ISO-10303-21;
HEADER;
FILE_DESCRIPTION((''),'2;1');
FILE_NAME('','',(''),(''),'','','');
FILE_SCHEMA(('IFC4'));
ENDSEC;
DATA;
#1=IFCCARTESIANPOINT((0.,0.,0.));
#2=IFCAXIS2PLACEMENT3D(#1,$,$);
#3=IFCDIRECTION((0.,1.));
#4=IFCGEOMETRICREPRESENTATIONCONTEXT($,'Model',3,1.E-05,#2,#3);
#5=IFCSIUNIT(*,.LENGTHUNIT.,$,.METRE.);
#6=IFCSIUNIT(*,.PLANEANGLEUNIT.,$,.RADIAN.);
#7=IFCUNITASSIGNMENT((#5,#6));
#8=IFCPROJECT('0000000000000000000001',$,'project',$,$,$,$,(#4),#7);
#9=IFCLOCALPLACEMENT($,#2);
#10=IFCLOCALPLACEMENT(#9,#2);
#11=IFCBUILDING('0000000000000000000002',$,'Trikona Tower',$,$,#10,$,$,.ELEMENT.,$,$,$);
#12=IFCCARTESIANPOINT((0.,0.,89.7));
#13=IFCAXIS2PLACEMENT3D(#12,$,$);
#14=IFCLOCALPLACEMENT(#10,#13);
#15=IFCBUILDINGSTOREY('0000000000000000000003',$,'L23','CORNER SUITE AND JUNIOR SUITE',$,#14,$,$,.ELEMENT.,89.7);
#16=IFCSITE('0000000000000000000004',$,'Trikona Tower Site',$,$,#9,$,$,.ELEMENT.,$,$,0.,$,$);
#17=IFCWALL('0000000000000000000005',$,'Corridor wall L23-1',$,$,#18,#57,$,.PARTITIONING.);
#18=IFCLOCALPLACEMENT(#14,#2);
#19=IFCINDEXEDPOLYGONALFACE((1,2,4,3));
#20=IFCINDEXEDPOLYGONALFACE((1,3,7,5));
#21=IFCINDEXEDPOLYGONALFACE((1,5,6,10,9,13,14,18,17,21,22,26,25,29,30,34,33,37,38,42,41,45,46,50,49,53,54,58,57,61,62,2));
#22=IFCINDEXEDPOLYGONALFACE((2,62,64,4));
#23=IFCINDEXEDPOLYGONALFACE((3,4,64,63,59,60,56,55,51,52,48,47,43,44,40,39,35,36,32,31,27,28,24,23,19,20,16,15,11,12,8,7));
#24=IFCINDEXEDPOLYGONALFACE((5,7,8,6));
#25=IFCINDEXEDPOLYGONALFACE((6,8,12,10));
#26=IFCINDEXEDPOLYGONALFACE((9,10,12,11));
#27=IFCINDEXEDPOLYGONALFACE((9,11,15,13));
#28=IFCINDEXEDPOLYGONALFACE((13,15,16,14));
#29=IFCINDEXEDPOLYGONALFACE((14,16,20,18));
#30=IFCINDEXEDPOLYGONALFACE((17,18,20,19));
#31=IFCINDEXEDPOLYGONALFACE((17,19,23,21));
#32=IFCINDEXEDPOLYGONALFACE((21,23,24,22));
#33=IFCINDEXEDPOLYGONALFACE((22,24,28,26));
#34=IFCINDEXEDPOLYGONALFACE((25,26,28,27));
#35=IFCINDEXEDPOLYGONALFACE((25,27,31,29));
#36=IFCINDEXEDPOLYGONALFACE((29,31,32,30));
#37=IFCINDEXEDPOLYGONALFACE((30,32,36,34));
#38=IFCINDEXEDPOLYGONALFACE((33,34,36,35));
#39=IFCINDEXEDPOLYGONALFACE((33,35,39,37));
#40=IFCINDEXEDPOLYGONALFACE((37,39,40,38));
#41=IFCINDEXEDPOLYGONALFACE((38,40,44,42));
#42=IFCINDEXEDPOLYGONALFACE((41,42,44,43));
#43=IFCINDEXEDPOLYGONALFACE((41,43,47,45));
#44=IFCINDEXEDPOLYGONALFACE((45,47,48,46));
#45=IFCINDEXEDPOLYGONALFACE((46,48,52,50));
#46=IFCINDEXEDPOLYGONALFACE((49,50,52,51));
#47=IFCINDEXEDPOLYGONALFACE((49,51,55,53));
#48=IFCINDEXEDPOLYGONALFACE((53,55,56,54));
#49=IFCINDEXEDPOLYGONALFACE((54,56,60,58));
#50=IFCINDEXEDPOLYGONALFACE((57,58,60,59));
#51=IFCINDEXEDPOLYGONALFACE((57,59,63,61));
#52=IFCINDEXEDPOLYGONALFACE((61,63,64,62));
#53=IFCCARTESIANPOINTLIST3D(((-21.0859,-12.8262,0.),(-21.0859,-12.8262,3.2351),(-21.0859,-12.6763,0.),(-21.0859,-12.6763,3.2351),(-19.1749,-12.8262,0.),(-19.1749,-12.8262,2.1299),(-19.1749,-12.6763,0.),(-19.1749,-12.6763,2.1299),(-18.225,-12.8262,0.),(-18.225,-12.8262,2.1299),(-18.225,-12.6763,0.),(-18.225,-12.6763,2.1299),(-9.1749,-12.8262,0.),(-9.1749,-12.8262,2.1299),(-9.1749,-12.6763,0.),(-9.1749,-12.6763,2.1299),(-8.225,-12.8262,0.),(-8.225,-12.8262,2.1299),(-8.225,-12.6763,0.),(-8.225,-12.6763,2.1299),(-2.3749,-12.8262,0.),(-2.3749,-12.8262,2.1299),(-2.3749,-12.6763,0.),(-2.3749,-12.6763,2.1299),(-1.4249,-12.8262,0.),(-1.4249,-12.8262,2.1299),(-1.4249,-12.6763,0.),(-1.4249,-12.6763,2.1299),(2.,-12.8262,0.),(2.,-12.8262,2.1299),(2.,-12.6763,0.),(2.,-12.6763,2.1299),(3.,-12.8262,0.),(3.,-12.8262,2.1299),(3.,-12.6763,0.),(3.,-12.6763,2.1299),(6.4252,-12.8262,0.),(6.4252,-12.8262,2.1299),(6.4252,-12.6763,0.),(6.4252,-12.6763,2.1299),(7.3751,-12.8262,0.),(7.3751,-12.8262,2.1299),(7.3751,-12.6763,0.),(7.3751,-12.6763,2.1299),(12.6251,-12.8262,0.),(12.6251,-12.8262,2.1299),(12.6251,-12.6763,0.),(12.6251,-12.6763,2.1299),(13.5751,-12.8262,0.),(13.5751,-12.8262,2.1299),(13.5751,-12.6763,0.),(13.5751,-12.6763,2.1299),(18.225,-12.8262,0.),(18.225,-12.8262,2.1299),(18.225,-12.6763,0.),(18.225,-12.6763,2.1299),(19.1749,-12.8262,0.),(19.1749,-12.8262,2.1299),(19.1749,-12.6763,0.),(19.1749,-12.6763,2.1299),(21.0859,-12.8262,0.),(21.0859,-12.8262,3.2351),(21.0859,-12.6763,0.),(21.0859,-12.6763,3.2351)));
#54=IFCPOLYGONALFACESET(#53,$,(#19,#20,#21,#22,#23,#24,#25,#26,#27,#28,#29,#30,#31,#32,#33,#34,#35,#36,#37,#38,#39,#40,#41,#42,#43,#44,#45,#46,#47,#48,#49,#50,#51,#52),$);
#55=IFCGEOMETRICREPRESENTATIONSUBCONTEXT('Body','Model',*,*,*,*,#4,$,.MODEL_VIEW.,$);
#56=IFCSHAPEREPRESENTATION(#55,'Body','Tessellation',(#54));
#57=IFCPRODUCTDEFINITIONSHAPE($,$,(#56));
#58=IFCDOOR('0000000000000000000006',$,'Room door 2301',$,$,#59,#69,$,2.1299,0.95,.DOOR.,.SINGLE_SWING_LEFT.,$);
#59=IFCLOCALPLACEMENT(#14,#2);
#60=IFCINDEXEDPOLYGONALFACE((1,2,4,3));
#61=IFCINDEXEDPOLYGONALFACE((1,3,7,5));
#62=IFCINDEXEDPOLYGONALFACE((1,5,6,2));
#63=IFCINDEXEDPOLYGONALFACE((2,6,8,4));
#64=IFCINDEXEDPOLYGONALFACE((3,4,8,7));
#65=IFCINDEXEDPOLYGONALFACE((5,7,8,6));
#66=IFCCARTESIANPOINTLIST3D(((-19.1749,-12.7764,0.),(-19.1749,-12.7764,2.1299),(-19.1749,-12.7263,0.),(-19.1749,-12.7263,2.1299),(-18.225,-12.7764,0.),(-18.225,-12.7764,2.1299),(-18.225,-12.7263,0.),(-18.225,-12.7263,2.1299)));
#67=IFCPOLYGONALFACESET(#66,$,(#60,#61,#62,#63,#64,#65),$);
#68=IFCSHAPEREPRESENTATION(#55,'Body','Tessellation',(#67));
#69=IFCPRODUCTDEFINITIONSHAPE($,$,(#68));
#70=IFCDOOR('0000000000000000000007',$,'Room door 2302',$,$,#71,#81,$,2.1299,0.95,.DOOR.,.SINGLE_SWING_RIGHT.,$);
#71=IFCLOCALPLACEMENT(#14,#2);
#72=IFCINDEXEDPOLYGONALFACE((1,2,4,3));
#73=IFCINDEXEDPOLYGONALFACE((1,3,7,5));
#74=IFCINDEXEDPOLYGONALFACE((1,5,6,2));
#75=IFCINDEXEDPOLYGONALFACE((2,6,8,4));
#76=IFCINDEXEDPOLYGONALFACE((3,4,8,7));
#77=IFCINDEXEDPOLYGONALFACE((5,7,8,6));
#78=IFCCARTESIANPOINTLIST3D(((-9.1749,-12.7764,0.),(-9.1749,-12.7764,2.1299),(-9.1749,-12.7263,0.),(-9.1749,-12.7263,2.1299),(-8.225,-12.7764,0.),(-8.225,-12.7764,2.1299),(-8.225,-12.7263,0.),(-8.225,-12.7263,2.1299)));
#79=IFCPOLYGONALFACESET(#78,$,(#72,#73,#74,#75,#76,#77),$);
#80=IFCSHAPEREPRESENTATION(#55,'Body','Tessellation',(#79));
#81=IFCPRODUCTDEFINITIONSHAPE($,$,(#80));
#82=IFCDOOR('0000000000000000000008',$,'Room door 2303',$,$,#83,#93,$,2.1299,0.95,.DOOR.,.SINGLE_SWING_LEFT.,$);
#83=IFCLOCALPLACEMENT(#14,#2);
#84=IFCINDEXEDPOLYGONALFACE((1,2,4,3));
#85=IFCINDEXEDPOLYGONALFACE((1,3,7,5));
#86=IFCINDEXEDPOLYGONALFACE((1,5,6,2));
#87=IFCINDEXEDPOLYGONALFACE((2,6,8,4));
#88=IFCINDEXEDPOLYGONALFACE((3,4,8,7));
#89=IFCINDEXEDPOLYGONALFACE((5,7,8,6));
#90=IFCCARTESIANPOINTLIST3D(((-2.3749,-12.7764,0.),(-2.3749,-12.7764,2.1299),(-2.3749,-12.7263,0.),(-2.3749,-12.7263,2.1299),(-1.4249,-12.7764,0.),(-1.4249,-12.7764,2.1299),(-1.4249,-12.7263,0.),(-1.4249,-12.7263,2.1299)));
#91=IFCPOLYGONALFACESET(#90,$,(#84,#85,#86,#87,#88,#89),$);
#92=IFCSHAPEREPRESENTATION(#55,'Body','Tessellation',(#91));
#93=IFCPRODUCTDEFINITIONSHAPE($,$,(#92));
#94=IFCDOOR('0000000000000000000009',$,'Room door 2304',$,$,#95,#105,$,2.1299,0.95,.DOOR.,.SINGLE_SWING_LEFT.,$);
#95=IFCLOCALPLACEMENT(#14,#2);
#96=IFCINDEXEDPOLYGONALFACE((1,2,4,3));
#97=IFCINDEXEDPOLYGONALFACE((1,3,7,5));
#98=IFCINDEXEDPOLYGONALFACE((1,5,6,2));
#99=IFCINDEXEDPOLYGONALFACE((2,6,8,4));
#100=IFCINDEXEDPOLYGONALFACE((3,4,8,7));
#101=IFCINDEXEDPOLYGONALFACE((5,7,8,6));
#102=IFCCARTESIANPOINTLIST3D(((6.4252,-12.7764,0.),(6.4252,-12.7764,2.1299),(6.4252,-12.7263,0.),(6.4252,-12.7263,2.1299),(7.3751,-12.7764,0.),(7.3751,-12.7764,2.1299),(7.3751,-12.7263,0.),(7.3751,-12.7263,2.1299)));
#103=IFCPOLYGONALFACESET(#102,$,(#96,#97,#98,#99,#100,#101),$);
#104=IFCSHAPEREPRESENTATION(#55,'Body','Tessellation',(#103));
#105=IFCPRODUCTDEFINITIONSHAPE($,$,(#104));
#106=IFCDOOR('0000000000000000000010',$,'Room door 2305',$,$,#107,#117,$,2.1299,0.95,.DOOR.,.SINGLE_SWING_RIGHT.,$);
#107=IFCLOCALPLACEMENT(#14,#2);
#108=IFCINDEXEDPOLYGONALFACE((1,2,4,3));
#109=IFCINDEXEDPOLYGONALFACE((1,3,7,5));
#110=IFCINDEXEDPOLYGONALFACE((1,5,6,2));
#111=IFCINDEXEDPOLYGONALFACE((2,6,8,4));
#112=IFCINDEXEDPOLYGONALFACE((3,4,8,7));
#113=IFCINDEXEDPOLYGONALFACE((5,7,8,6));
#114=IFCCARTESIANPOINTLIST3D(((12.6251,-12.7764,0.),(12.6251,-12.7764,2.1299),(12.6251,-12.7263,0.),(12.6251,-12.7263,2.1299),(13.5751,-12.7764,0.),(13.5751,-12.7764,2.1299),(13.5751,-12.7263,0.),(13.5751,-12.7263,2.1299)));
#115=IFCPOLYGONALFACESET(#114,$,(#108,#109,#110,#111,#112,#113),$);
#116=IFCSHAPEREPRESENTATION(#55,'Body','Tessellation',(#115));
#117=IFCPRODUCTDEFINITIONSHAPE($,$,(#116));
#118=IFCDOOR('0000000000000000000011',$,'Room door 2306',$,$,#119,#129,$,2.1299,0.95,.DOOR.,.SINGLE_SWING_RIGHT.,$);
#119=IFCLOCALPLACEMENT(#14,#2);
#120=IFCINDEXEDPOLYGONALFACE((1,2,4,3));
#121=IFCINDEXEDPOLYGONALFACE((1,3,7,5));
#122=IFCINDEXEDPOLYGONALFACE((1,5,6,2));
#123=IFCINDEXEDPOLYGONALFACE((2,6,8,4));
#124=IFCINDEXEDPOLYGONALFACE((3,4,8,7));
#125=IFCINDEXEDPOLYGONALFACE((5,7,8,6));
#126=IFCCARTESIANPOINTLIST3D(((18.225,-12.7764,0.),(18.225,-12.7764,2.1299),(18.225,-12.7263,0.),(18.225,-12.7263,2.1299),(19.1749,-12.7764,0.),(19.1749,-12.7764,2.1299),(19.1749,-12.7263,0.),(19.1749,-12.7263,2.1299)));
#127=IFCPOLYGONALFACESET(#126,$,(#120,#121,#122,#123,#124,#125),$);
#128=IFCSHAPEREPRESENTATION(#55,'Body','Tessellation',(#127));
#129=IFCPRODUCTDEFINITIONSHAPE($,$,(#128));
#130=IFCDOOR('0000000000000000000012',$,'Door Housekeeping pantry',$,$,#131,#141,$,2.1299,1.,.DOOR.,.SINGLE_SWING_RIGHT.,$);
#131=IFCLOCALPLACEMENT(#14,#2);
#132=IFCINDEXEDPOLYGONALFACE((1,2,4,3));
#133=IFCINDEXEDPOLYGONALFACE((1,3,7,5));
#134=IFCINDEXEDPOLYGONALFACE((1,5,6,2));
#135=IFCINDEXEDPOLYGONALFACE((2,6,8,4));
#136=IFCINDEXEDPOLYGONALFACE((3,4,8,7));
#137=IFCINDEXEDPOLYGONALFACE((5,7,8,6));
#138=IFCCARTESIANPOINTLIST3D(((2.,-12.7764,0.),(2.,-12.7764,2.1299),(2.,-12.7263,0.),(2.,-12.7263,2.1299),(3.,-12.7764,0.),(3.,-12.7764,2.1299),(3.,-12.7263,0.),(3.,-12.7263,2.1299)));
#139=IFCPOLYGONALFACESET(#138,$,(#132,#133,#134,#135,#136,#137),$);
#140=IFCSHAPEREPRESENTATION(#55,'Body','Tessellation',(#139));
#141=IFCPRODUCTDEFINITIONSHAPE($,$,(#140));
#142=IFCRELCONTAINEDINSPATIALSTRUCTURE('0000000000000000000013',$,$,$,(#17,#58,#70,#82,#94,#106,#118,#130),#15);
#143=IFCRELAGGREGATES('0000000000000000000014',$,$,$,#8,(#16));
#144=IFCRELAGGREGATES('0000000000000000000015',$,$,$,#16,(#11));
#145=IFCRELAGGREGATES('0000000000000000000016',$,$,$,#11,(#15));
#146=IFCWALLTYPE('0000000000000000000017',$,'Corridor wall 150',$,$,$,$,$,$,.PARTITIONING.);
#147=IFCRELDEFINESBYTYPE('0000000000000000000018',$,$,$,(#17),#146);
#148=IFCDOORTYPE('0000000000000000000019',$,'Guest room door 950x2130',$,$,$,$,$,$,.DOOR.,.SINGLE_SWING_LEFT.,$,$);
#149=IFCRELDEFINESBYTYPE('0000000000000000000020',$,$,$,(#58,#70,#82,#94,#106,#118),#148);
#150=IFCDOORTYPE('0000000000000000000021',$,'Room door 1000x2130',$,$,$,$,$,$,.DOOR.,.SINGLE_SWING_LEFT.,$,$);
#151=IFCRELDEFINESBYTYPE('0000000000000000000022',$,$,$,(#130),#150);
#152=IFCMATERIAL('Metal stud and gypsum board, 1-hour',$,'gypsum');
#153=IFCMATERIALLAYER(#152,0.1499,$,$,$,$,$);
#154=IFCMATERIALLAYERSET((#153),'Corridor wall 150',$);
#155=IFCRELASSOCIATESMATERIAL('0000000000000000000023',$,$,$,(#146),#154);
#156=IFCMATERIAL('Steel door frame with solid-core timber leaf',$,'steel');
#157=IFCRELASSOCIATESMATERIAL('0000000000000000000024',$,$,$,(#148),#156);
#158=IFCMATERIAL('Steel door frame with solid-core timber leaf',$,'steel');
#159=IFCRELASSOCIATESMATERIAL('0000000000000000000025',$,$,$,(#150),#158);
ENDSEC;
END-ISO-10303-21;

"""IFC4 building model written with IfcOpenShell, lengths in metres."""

from ifc_helpers import new_model, si_unit, direction, frame, frame_2d, origin, place, context, subcontext, project, spatial, rectangle, extrude, material, layer, layer_set, type_object, element, fill, save


model = new_model("IFC4")

# Units and contexts
model_context = context("Model", 3, precision=1e-05, world=origin(), true_north=direction((0.0, 1.0)))
body_context = subcontext(model_context, "Body", "Model", "MODEL_VIEW")
ifc_project = project(units=[si_unit("LENGTHUNIT", "METRE"), si_unit("PLANEANGLEUNIT", "RADIAN")], contexts=[model_context])

# Site, building, storey
site_placement = place(None, origin())
site = spatial("IfcSite", under=ifc_project, at=site_placement, Name="Trikona Tower Site", CompositionType="ELEMENT", RefElevation=0.0)
building_placement = place(site_placement, origin())
building = spatial("IfcBuilding", under=site, at=building_placement, Name="Trikona Tower", CompositionType="ELEMENT")
storey_placement = place(building_placement, frame((0.0, 0.0, 89.7)))
storey = spatial("IfcBuildingStorey", under=building, at=storey_placement, Name="L23", Description="CORNER SUITE AND JUNIOR SUITE", CompositionType="ELEMENT", Elevation=89.7)

# Wall, openings, doors
ifc_material_1 = material(Name="Metal stud and gypsum board, 1-hour", Category="gypsum")
ifc_layer_1 = layer(ifc_material_1, 0.1499)
ifc_layer_set_1 = layer_set([ifc_layer_1], Name="Corridor wall 150")
wall_type_1 = type_object("IfcWallType", Name="Corridor wall 150", PredefinedType="PARTITIONING", material=ifc_layer_set_1)
wall_1_placement = place(storey_placement, frame((-21.0859, -12.7512, 0.0), z_axis=(0.0, 0.0, 1.0), x_axis=(1.0, 0.0, 0.0)))
wall_1 = element("IfcWall", 1, at=wall_1_placement, inside=storey, type_object=wall_type_1, Name="Corridor wall L23-1", PredefinedType="PARTITIONING", context=body_context, shape_type="SweptSolid", body=[
    extrude(rectangle(XDim=42.1719, YDim=0.1499, at=frame_2d((21.0859, 0.0))), origin(), (0.0, 0.0, 1.0), 3.2351),
])
opening_1_placement = place(wall_1_placement, frame((1.9109, 0.0, 0.0)))
opening_1 = element("IfcOpeningElement", 2, at=opening_1_placement, cuts=wall_1, PredefinedType="OPENING", context=body_context, shape_type="SweptSolid", body=[
    extrude(rectangle(XDim=0.95, YDim=2.1299, at=frame_2d((0.4751, 1.0649))), frame((0.0, 0.085, 0.0), z_axis=(0.0, -1.0, 0.0), x_axis=(1.0, 0.0, 0.0)), (0.0, 0.0, 1.0), 0.1699),
])
opening_2_placement = place(wall_1_placement, frame((11.9109, 0.0, 0.0)))
opening_2 = element("IfcOpeningElement", 3, at=opening_2_placement, cuts=wall_1, PredefinedType="OPENING", context=body_context, shape_type="SweptSolid", body=[
    extrude(rectangle(XDim=0.95, YDim=2.1299, at=frame_2d((0.4751, 1.0649))), frame((0.0, 0.085, 0.0), z_axis=(0.0, -1.0, 0.0), x_axis=(1.0, 0.0, 0.0)), (0.0, 0.0, 1.0), 0.1699),
])
opening_3_placement = place(wall_1_placement, frame((18.7109, 0.0, 0.0)))
opening_3 = element("IfcOpeningElement", 4, at=opening_3_placement, cuts=wall_1, PredefinedType="OPENING", context=body_context, shape_type="SweptSolid", body=[
    extrude(rectangle(XDim=0.95, YDim=2.1299, at=frame_2d((0.4751, 1.0649))), frame((0.0, 0.085, 0.0), z_axis=(0.0, -1.0, 0.0), x_axis=(1.0, 0.0, 0.0)), (0.0, 0.0, 1.0), 0.1699),
])
opening_4_placement = place(wall_1_placement, frame((23.0859, 0.0, 0.0)))
opening_4 = element("IfcOpeningElement", 5, at=opening_4_placement, cuts=wall_1, PredefinedType="OPENING", context=body_context, shape_type="SweptSolid", body=[
    extrude(rectangle(XDim=1.0, YDim=2.1299, at=frame_2d((0.5, 1.0649))), frame((0.0, 0.085, 0.0), z_axis=(0.0, -1.0, 0.0), x_axis=(1.0, 0.0, 0.0)), (0.0, 0.0, 1.0), 0.1699),
])
opening_5_placement = place(wall_1_placement, frame((27.511, 0.0, 0.0)))
opening_5 = element("IfcOpeningElement", 6, at=opening_5_placement, cuts=wall_1, PredefinedType="OPENING", context=body_context, shape_type="SweptSolid", body=[
    extrude(rectangle(XDim=0.95, YDim=2.1299, at=frame_2d((0.4751, 1.0649))), frame((0.0, 0.085, 0.0), z_axis=(0.0, -1.0, 0.0), x_axis=(1.0, 0.0, 0.0)), (0.0, 0.0, 1.0), 0.1699),
])
opening_6_placement = place(wall_1_placement, frame((33.7109, 0.0, 0.0)))
opening_6 = element("IfcOpeningElement", 7, at=opening_6_placement, cuts=wall_1, PredefinedType="OPENING", context=body_context, shape_type="SweptSolid", body=[
    extrude(rectangle(XDim=0.95, YDim=2.1299, at=frame_2d((0.4751, 1.0649))), frame((0.0, 0.085, 0.0), z_axis=(0.0, -1.0, 0.0), x_axis=(1.0, 0.0, 0.0)), (0.0, 0.0, 1.0), 0.1699),
])
opening_7_placement = place(wall_1_placement, frame((39.3108, 0.0, 0.0)))
opening_7 = element("IfcOpeningElement", 8, at=opening_7_placement, cuts=wall_1, PredefinedType="OPENING", context=body_context, shape_type="SweptSolid", body=[
    extrude(rectangle(XDim=0.95, YDim=2.1299, at=frame_2d((0.4751, 1.0649))), frame((0.0, 0.085, 0.0), z_axis=(0.0, -1.0, 0.0), x_axis=(1.0, 0.0, 0.0)), (0.0, 0.0, 1.0), 0.1699),
])
ifc_material_2 = material(Name="Steel door frame with solid-core timber leaf", Category="steel")
door_type_1 = type_object("IfcDoorType", Name="Guest room door 950x2130", OperationType="SINGLE_SWING_LEFT", PredefinedType="DOOR", material=ifc_material_2)
door_1_placement = place(opening_1_placement, origin())
door_1 = element("IfcDoor", 9, at=door_1_placement, inside=storey, type_object=door_type_1, Name="Room door 2301", OperationType="SINGLE_SWING_LEFT", OverallHeight=2.1299, OverallWidth=0.95, PredefinedType="DOOR", context=body_context, shape_type="SweptSolid", body=[
    extrude(rectangle(XDim=0.95, YDim=2.1299, at=frame_2d((0.4751, 1.0649))), frame((0.0, 0.0249, 0.0), z_axis=(0.0, -1.0, 0.0), x_axis=(1.0, 0.0, 0.0)), (0.0, 0.0, 1.0), 0.05),
])
fill(opening_1, door_1)
door_2_placement = place(opening_2_placement, origin())
door_2 = element("IfcDoor", 10, at=door_2_placement, inside=storey, type_object=door_type_1, Name="Room door 2302", OperationType="SINGLE_SWING_RIGHT", OverallHeight=2.1299, OverallWidth=0.95, PredefinedType="DOOR", context=body_context, shape_type="SweptSolid", body=[
    extrude(rectangle(XDim=0.95, YDim=2.1299, at=frame_2d((0.4751, 1.0649))), frame((0.0, 0.0249, 0.0), z_axis=(0.0, -1.0, 0.0), x_axis=(1.0, 0.0, 0.0)), (0.0, 0.0, 1.0), 0.05),
])
fill(opening_2, door_2)
door_3_placement = place(opening_3_placement, origin())
door_3 = element("IfcDoor", 11, at=door_3_placement, inside=storey, type_object=door_type_1, Name="Room door 2303", OperationType="SINGLE_SWING_LEFT", OverallHeight=2.1299, OverallWidth=0.95, PredefinedType="DOOR", context=body_context, shape_type="SweptSolid", body=[
    extrude(rectangle(XDim=0.95, YDim=2.1299, at=frame_2d((0.4751, 1.0649))), frame((0.0, 0.0249, 0.0), z_axis=(0.0, -1.0, 0.0), x_axis=(1.0, 0.0, 0.0)), (0.0, 0.0, 1.0), 0.05),
])
fill(opening_3, door_3)
door_4_placement = place(opening_5_placement, origin())
door_4 = element("IfcDoor", 12, at=door_4_placement, inside=storey, type_object=door_type_1, Name="Room door 2304", OperationType="SINGLE_SWING_LEFT", OverallHeight=2.1299, OverallWidth=0.95, PredefinedType="DOOR", context=body_context, shape_type="SweptSolid", body=[
    extrude(rectangle(XDim=0.95, YDim=2.1299, at=frame_2d((0.4751, 1.0649))), frame((0.0, 0.0249, 0.0), z_axis=(0.0, -1.0, 0.0), x_axis=(1.0, 0.0, 0.0)), (0.0, 0.0, 1.0), 0.05),
])
fill(opening_5, door_4)
door_5_placement = place(opening_6_placement, origin())
door_5 = element("IfcDoor", 13, at=door_5_placement, inside=storey, type_object=door_type_1, Name="Room door 2305", OperationType="SINGLE_SWING_RIGHT", OverallHeight=2.1299, OverallWidth=0.95, PredefinedType="DOOR", context=body_context, shape_type="SweptSolid", body=[
    extrude(rectangle(XDim=0.95, YDim=2.1299, at=frame_2d((0.4751, 1.0649))), frame((0.0, 0.0249, 0.0), z_axis=(0.0, -1.0, 0.0), x_axis=(1.0, 0.0, 0.0)), (0.0, 0.0, 1.0), 0.05),
])
fill(opening_6, door_5)
door_6_placement = place(opening_7_placement, origin())
door_6 = element("IfcDoor", 14, at=door_6_placement, inside=storey, type_object=door_type_1, Name="Room door 2306", OperationType="SINGLE_SWING_RIGHT", OverallHeight=2.1299, OverallWidth=0.95, PredefinedType="DOOR", context=body_context, shape_type="SweptSolid", body=[
    extrude(rectangle(XDim=0.95, YDim=2.1299, at=frame_2d((0.4751, 1.0649))), frame((0.0, 0.0249, 0.0), z_axis=(0.0, -1.0, 0.0), x_axis=(1.0, 0.0, 0.0)), (0.0, 0.0, 1.0), 0.05),
])
fill(opening_7, door_6)
ifc_material_3 = material(Name="Steel door frame with solid-core timber leaf", Category="steel")
door_type_2 = type_object("IfcDoorType", Name="Room door 1000x2130", OperationType="SINGLE_SWING_LEFT", PredefinedType="DOOR", material=ifc_material_3)
door_7_placement = place(opening_4_placement, origin())
door_7 = element("IfcDoor", 15, at=door_7_placement, inside=storey, type_object=door_type_2, Name="Door Housekeeping pantry", OperationType="SINGLE_SWING_RIGHT", OverallHeight=2.1299, OverallWidth=1.0, PredefinedType="DOOR", context=body_context, shape_type="SweptSolid", body=[
    extrude(rectangle(XDim=1.0, YDim=2.1299, at=frame_2d((0.5, 1.0649))), frame((0.0, 0.0249, 0.0), z_axis=(0.0, -1.0, 0.0), x_axis=(1.0, 0.0, 0.0)), (0.0, 0.0, 1.0), 0.05),
])
fill(opening_4, door_7)

save(model, "model.ifc")
